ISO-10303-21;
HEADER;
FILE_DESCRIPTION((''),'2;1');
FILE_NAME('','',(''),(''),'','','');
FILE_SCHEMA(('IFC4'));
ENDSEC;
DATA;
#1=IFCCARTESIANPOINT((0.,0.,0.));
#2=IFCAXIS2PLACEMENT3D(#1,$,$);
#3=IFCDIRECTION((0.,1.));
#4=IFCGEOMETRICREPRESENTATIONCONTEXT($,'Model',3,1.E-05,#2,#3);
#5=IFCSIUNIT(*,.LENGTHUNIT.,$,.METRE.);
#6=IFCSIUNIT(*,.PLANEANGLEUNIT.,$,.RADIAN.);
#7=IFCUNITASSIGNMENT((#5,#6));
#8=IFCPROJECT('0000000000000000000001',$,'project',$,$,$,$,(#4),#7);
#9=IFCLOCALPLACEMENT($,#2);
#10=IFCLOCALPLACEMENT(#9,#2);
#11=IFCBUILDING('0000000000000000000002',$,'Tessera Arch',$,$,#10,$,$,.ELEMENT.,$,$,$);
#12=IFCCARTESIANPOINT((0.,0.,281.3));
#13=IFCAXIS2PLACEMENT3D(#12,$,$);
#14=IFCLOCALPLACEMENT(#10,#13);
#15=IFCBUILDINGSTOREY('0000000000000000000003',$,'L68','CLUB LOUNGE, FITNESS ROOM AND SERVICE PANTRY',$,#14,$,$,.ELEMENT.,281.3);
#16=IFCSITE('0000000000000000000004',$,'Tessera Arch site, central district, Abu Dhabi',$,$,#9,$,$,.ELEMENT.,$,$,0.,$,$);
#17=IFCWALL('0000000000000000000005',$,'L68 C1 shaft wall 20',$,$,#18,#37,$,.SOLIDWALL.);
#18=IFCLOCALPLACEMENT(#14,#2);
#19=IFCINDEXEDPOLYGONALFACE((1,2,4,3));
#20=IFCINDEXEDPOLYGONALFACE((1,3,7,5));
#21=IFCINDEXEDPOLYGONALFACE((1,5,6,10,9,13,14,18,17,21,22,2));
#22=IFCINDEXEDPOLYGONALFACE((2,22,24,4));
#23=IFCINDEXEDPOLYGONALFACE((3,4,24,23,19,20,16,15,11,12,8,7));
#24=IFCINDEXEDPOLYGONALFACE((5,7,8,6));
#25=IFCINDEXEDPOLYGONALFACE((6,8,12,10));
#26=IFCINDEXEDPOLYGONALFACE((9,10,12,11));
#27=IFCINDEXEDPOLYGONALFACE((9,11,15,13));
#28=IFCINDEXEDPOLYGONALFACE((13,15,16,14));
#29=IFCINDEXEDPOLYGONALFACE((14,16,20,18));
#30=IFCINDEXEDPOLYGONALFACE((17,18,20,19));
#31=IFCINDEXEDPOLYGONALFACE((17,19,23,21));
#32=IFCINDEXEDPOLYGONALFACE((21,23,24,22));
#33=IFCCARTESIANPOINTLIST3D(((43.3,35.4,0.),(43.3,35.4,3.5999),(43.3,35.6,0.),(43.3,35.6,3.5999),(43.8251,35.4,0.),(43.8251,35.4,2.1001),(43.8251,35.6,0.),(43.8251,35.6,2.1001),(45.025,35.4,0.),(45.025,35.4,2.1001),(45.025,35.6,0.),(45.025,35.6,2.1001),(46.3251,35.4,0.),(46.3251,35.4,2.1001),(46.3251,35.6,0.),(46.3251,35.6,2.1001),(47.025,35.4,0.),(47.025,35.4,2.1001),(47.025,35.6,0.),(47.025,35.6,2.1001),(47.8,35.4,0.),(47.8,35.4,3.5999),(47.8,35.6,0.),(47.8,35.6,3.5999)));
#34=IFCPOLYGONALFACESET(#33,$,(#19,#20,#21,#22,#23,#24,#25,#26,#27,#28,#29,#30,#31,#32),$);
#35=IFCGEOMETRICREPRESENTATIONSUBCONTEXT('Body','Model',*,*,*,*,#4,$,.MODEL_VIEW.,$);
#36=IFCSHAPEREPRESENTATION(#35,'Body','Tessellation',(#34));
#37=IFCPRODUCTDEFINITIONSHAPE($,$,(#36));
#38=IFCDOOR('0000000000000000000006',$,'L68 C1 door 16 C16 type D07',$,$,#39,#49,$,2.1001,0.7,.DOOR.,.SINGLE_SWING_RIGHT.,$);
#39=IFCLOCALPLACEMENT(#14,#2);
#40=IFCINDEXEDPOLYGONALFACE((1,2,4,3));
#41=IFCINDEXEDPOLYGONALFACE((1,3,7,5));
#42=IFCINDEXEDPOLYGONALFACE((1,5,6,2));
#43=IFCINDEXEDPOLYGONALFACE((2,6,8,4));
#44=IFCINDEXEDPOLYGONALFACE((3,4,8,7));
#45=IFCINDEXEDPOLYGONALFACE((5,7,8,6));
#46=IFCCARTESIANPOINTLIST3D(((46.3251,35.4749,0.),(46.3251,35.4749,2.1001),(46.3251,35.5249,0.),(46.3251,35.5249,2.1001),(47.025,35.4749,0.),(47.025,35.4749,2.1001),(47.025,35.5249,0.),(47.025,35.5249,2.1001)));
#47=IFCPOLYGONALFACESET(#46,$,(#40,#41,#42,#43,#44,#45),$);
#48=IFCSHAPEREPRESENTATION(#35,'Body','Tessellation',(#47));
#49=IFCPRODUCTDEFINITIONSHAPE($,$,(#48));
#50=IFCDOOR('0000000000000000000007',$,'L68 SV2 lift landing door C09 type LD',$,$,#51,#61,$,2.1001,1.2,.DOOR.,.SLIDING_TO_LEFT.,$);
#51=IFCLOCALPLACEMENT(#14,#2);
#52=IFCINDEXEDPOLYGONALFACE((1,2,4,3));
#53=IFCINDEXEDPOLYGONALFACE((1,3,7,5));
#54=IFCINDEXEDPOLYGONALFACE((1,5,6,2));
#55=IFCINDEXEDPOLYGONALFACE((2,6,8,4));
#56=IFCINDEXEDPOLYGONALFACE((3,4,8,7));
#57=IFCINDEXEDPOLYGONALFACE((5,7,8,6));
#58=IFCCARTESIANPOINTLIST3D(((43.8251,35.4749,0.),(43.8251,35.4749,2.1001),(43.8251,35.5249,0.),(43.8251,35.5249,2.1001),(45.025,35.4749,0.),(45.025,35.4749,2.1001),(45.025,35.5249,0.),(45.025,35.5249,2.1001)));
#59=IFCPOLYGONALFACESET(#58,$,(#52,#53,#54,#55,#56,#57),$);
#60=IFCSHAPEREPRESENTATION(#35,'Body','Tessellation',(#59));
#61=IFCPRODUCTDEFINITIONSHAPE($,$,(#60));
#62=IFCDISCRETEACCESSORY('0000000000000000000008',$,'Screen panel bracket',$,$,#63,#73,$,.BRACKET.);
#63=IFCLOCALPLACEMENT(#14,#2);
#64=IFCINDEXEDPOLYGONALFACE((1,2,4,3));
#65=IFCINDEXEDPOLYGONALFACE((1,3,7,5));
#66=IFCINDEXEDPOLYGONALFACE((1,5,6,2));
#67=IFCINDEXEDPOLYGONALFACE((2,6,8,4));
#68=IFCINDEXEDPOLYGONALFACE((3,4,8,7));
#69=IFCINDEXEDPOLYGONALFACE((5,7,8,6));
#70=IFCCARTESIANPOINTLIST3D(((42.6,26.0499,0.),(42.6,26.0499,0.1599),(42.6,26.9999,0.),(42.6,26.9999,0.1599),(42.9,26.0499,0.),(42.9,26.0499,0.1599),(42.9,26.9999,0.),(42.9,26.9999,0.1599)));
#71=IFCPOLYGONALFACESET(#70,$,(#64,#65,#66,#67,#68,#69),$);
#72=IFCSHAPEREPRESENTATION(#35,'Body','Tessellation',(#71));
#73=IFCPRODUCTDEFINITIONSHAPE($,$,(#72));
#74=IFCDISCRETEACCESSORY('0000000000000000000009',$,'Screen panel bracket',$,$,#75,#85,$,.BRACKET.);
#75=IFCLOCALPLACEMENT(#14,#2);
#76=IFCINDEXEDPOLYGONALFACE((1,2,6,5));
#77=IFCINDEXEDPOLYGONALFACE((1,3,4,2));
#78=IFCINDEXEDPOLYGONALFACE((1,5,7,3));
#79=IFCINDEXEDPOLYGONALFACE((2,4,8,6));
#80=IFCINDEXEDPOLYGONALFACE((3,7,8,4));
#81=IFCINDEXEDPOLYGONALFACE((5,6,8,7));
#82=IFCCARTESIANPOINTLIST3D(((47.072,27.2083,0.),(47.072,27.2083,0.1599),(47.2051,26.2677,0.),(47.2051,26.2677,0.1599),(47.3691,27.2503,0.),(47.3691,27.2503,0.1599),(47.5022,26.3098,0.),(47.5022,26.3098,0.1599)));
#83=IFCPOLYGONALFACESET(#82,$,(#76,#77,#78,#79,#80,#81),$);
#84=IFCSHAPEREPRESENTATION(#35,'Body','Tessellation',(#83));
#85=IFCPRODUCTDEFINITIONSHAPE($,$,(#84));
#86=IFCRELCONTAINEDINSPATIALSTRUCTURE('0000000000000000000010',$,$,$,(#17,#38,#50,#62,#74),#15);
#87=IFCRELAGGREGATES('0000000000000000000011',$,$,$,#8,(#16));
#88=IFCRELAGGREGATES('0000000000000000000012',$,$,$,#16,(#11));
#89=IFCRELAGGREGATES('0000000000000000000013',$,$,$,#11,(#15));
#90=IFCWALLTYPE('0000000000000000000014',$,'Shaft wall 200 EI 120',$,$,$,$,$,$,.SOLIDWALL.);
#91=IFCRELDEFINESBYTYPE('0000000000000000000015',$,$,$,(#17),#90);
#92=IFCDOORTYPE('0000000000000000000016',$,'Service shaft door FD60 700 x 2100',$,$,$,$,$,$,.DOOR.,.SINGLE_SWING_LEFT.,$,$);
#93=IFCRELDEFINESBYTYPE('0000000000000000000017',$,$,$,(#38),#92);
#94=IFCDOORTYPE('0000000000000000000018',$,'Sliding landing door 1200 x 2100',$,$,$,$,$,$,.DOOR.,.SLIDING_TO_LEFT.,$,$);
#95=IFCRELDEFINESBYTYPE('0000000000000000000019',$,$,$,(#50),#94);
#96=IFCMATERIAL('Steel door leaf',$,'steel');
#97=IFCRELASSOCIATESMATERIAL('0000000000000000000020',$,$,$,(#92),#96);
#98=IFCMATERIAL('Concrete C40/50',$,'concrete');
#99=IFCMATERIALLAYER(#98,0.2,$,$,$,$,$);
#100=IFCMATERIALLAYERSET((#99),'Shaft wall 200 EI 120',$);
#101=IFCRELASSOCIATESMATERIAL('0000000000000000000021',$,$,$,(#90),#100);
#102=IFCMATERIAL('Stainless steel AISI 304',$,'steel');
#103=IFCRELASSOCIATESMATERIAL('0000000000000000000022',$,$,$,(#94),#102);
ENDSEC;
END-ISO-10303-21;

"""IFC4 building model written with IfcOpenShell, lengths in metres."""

from ifc_helpers import new_model, si_unit, direction, frame, frame_2d, origin, origin_2d, place, context, subcontext, project, spatial, rectangle, extrude, material, layer, layer_set, type_object, element, fill, save


model = new_model("IFC4")

# Units and contexts
model_context = context("Model", 3, precision=1e-05, world=origin(), true_north=direction((0.0, 1.0)))
body_context = subcontext(model_context, "Body", "Model", "MODEL_VIEW")
ifc_project = project(units=[si_unit("LENGTHUNIT", "METRE"), si_unit("PLANEANGLEUNIT", "RADIAN")], contexts=[model_context])

# Site, building, storey
site_placement = place(None, origin())
site = spatial("IfcSite", under=ifc_project, at=site_placement, Name="Tessera Arch site, central district, Abu Dhabi", CompositionType="ELEMENT", RefElevation=0.0)
building_placement = place(site_placement, origin())
building = spatial("IfcBuilding", under=site, at=building_placement, Name="Tessera Arch", CompositionType="ELEMENT")
storey_placement = place(building_placement, frame((0.0, 0.0, 281.3)))
storey = spatial("IfcBuildingStorey", under=building, at=storey_placement, Name="L68", Description="CLUB LOUNGE, FITNESS ROOM AND SERVICE PANTRY", CompositionType="ELEMENT", Elevation=281.3)

# Shared definitions
ifc_material_1 = material(Name="Steel door leaf", Category="steel")
door_type_1 = type_object("IfcDoorType", Name="Service shaft door FD60 700 x 2100", OperationType="SINGLE_SWING_LEFT", PredefinedType="DOOR", material=ifc_material_1)

# Shared definitions
ifc_material_2 = material(Name="Concrete C40/50", Category="concrete")
ifc_layer_1 = layer(ifc_material_2, 0.2)
ifc_layer_set_1 = layer_set([ifc_layer_1], Name="Shaft wall 200 EI 120")
wall_type_1 = type_object("IfcWallType", Name="Shaft wall 200 EI 120", PredefinedType="SOLIDWALL", material=ifc_layer_set_1)

# Wall, openings, doors
wall_1_placement = place(storey_placement, frame((43.3, 35.5, 0.0), z_axis=(0.0, 0.0, 1.0), x_axis=(1.0, 0.0, 0.0)))
wall_1 = element("IfcWall", 1, at=wall_1_placement, inside=storey, type_object=wall_type_1, Name="L68 C1 shaft wall 20", PredefinedType="SOLIDWALL", context=body_context, shape_type="SweptSolid", body=[
    extrude(rectangle(XDim=4.5, YDim=0.2, at=frame_2d((2.25, 0.0))), origin(), (0.0, 0.0, 1.0), 3.5999),
])
opening_1_placement = place(wall_1_placement, frame((0.5249, 0.0, 0.0)))
opening_1 = element("IfcOpeningElement", 2, at=opening_1_placement, cuts=wall_1, PredefinedType="OPENING", context=body_context, shape_type="SweptSolid", body=[
    extrude(rectangle(XDim=1.2, YDim=2.1001, at=frame_2d((0.6001, 1.05))), frame((0.0, 0.1099, 0.0), z_axis=(0.0, -1.0, 0.0), x_axis=(1.0, 0.0, 0.0)), (0.0, 0.0, 1.0), 0.22),
])
opening_2_placement = place(wall_1_placement, frame((3.0249, 0.0, 0.0)))
opening_2 = element("IfcOpeningElement", 3, at=opening_2_placement, cuts=wall_1, PredefinedType="OPENING", context=body_context, shape_type="SweptSolid", body=[
    extrude(rectangle(XDim=0.7, YDim=2.1001, at=frame_2d((0.3501, 1.05))), frame((0.0, 0.1099, 0.0), z_axis=(0.0, -1.0, 0.0), x_axis=(1.0, 0.0, 0.0)), (0.0, 0.0, 1.0), 0.22),
])
door_1_placement = place(opening_2_placement, origin())
door_1 = element("IfcDoor", 4, at=door_1_placement, inside=storey, type_object=door_type_1, Name="L68 C1 door 16 C16 type D07", OperationType="SINGLE_SWING_RIGHT", OverallHeight=2.1001, OverallWidth=0.7, PredefinedType="DOOR", context=body_context, shape_type="SweptSolid", body=[
    extrude(rectangle(XDim=0.7, YDim=2.1001, at=frame_2d((0.3501, 1.05))), frame((0.0, 0.0249, 0.0), z_axis=(0.0, -1.0, 0.0), x_axis=(1.0, 0.0, 0.0)), (0.0, 0.0, 1.0), 0.05),
])
fill(opening_2, door_1)
ifc_material_3 = material(Name="Stainless steel AISI 304", Category="steel")
door_type_2 = type_object("IfcDoorType", Name="Sliding landing door 1200 x 2100", OperationType="SLIDING_TO_LEFT", PredefinedType="DOOR", material=ifc_material_3)
door_2_placement = place(opening_1_placement, origin())
door_2 = element("IfcDoor", 5, at=door_2_placement, inside=storey, type_object=door_type_2, Name="L68 SV2 lift landing door C09 type LD", OperationType="SLIDING_TO_LEFT", OverallHeight=2.1001, OverallWidth=1.2, PredefinedType="DOOR", context=body_context, shape_type="SweptSolid", body=[
    extrude(rectangle(XDim=1.2, YDim=2.1001, at=frame_2d((0.6001, 1.05))), frame((0.0, 0.0249, 0.0), z_axis=(0.0, -1.0, 0.0), x_axis=(1.0, 0.0, 0.0)), (0.0, 0.0, 1.0), 0.05),
])
fill(opening_1, door_2)

# Discrete accessories
for number, where, z_axis, x_axis, name in (
    (6, (42.75, 26.5249, 0.0), (0.0, 0.0, 1.0), (0.0, -1.0, 0.0), "Screen panel bracket"),
    (7, (47.2871, 26.759, 0.0), (0.0, 0.0, 1.0), (0.140089, -0.990139, 0.0), "Screen panel bracket"),
):
    element("IfcDiscreteAccessory", number, at=place(storey_placement, frame(where, z_axis=z_axis, x_axis=x_axis)), inside=storey, Name=name, PredefinedType="BRACKET", context=body_context, shape_type="SweptSolid", body=[
        extrude(rectangle(XDim=0.95, YDim=0.3, at=origin_2d()), origin(), (0.0, 0.0, 1.0), 0.1599),
    ])

save(model, "model.ifc")
